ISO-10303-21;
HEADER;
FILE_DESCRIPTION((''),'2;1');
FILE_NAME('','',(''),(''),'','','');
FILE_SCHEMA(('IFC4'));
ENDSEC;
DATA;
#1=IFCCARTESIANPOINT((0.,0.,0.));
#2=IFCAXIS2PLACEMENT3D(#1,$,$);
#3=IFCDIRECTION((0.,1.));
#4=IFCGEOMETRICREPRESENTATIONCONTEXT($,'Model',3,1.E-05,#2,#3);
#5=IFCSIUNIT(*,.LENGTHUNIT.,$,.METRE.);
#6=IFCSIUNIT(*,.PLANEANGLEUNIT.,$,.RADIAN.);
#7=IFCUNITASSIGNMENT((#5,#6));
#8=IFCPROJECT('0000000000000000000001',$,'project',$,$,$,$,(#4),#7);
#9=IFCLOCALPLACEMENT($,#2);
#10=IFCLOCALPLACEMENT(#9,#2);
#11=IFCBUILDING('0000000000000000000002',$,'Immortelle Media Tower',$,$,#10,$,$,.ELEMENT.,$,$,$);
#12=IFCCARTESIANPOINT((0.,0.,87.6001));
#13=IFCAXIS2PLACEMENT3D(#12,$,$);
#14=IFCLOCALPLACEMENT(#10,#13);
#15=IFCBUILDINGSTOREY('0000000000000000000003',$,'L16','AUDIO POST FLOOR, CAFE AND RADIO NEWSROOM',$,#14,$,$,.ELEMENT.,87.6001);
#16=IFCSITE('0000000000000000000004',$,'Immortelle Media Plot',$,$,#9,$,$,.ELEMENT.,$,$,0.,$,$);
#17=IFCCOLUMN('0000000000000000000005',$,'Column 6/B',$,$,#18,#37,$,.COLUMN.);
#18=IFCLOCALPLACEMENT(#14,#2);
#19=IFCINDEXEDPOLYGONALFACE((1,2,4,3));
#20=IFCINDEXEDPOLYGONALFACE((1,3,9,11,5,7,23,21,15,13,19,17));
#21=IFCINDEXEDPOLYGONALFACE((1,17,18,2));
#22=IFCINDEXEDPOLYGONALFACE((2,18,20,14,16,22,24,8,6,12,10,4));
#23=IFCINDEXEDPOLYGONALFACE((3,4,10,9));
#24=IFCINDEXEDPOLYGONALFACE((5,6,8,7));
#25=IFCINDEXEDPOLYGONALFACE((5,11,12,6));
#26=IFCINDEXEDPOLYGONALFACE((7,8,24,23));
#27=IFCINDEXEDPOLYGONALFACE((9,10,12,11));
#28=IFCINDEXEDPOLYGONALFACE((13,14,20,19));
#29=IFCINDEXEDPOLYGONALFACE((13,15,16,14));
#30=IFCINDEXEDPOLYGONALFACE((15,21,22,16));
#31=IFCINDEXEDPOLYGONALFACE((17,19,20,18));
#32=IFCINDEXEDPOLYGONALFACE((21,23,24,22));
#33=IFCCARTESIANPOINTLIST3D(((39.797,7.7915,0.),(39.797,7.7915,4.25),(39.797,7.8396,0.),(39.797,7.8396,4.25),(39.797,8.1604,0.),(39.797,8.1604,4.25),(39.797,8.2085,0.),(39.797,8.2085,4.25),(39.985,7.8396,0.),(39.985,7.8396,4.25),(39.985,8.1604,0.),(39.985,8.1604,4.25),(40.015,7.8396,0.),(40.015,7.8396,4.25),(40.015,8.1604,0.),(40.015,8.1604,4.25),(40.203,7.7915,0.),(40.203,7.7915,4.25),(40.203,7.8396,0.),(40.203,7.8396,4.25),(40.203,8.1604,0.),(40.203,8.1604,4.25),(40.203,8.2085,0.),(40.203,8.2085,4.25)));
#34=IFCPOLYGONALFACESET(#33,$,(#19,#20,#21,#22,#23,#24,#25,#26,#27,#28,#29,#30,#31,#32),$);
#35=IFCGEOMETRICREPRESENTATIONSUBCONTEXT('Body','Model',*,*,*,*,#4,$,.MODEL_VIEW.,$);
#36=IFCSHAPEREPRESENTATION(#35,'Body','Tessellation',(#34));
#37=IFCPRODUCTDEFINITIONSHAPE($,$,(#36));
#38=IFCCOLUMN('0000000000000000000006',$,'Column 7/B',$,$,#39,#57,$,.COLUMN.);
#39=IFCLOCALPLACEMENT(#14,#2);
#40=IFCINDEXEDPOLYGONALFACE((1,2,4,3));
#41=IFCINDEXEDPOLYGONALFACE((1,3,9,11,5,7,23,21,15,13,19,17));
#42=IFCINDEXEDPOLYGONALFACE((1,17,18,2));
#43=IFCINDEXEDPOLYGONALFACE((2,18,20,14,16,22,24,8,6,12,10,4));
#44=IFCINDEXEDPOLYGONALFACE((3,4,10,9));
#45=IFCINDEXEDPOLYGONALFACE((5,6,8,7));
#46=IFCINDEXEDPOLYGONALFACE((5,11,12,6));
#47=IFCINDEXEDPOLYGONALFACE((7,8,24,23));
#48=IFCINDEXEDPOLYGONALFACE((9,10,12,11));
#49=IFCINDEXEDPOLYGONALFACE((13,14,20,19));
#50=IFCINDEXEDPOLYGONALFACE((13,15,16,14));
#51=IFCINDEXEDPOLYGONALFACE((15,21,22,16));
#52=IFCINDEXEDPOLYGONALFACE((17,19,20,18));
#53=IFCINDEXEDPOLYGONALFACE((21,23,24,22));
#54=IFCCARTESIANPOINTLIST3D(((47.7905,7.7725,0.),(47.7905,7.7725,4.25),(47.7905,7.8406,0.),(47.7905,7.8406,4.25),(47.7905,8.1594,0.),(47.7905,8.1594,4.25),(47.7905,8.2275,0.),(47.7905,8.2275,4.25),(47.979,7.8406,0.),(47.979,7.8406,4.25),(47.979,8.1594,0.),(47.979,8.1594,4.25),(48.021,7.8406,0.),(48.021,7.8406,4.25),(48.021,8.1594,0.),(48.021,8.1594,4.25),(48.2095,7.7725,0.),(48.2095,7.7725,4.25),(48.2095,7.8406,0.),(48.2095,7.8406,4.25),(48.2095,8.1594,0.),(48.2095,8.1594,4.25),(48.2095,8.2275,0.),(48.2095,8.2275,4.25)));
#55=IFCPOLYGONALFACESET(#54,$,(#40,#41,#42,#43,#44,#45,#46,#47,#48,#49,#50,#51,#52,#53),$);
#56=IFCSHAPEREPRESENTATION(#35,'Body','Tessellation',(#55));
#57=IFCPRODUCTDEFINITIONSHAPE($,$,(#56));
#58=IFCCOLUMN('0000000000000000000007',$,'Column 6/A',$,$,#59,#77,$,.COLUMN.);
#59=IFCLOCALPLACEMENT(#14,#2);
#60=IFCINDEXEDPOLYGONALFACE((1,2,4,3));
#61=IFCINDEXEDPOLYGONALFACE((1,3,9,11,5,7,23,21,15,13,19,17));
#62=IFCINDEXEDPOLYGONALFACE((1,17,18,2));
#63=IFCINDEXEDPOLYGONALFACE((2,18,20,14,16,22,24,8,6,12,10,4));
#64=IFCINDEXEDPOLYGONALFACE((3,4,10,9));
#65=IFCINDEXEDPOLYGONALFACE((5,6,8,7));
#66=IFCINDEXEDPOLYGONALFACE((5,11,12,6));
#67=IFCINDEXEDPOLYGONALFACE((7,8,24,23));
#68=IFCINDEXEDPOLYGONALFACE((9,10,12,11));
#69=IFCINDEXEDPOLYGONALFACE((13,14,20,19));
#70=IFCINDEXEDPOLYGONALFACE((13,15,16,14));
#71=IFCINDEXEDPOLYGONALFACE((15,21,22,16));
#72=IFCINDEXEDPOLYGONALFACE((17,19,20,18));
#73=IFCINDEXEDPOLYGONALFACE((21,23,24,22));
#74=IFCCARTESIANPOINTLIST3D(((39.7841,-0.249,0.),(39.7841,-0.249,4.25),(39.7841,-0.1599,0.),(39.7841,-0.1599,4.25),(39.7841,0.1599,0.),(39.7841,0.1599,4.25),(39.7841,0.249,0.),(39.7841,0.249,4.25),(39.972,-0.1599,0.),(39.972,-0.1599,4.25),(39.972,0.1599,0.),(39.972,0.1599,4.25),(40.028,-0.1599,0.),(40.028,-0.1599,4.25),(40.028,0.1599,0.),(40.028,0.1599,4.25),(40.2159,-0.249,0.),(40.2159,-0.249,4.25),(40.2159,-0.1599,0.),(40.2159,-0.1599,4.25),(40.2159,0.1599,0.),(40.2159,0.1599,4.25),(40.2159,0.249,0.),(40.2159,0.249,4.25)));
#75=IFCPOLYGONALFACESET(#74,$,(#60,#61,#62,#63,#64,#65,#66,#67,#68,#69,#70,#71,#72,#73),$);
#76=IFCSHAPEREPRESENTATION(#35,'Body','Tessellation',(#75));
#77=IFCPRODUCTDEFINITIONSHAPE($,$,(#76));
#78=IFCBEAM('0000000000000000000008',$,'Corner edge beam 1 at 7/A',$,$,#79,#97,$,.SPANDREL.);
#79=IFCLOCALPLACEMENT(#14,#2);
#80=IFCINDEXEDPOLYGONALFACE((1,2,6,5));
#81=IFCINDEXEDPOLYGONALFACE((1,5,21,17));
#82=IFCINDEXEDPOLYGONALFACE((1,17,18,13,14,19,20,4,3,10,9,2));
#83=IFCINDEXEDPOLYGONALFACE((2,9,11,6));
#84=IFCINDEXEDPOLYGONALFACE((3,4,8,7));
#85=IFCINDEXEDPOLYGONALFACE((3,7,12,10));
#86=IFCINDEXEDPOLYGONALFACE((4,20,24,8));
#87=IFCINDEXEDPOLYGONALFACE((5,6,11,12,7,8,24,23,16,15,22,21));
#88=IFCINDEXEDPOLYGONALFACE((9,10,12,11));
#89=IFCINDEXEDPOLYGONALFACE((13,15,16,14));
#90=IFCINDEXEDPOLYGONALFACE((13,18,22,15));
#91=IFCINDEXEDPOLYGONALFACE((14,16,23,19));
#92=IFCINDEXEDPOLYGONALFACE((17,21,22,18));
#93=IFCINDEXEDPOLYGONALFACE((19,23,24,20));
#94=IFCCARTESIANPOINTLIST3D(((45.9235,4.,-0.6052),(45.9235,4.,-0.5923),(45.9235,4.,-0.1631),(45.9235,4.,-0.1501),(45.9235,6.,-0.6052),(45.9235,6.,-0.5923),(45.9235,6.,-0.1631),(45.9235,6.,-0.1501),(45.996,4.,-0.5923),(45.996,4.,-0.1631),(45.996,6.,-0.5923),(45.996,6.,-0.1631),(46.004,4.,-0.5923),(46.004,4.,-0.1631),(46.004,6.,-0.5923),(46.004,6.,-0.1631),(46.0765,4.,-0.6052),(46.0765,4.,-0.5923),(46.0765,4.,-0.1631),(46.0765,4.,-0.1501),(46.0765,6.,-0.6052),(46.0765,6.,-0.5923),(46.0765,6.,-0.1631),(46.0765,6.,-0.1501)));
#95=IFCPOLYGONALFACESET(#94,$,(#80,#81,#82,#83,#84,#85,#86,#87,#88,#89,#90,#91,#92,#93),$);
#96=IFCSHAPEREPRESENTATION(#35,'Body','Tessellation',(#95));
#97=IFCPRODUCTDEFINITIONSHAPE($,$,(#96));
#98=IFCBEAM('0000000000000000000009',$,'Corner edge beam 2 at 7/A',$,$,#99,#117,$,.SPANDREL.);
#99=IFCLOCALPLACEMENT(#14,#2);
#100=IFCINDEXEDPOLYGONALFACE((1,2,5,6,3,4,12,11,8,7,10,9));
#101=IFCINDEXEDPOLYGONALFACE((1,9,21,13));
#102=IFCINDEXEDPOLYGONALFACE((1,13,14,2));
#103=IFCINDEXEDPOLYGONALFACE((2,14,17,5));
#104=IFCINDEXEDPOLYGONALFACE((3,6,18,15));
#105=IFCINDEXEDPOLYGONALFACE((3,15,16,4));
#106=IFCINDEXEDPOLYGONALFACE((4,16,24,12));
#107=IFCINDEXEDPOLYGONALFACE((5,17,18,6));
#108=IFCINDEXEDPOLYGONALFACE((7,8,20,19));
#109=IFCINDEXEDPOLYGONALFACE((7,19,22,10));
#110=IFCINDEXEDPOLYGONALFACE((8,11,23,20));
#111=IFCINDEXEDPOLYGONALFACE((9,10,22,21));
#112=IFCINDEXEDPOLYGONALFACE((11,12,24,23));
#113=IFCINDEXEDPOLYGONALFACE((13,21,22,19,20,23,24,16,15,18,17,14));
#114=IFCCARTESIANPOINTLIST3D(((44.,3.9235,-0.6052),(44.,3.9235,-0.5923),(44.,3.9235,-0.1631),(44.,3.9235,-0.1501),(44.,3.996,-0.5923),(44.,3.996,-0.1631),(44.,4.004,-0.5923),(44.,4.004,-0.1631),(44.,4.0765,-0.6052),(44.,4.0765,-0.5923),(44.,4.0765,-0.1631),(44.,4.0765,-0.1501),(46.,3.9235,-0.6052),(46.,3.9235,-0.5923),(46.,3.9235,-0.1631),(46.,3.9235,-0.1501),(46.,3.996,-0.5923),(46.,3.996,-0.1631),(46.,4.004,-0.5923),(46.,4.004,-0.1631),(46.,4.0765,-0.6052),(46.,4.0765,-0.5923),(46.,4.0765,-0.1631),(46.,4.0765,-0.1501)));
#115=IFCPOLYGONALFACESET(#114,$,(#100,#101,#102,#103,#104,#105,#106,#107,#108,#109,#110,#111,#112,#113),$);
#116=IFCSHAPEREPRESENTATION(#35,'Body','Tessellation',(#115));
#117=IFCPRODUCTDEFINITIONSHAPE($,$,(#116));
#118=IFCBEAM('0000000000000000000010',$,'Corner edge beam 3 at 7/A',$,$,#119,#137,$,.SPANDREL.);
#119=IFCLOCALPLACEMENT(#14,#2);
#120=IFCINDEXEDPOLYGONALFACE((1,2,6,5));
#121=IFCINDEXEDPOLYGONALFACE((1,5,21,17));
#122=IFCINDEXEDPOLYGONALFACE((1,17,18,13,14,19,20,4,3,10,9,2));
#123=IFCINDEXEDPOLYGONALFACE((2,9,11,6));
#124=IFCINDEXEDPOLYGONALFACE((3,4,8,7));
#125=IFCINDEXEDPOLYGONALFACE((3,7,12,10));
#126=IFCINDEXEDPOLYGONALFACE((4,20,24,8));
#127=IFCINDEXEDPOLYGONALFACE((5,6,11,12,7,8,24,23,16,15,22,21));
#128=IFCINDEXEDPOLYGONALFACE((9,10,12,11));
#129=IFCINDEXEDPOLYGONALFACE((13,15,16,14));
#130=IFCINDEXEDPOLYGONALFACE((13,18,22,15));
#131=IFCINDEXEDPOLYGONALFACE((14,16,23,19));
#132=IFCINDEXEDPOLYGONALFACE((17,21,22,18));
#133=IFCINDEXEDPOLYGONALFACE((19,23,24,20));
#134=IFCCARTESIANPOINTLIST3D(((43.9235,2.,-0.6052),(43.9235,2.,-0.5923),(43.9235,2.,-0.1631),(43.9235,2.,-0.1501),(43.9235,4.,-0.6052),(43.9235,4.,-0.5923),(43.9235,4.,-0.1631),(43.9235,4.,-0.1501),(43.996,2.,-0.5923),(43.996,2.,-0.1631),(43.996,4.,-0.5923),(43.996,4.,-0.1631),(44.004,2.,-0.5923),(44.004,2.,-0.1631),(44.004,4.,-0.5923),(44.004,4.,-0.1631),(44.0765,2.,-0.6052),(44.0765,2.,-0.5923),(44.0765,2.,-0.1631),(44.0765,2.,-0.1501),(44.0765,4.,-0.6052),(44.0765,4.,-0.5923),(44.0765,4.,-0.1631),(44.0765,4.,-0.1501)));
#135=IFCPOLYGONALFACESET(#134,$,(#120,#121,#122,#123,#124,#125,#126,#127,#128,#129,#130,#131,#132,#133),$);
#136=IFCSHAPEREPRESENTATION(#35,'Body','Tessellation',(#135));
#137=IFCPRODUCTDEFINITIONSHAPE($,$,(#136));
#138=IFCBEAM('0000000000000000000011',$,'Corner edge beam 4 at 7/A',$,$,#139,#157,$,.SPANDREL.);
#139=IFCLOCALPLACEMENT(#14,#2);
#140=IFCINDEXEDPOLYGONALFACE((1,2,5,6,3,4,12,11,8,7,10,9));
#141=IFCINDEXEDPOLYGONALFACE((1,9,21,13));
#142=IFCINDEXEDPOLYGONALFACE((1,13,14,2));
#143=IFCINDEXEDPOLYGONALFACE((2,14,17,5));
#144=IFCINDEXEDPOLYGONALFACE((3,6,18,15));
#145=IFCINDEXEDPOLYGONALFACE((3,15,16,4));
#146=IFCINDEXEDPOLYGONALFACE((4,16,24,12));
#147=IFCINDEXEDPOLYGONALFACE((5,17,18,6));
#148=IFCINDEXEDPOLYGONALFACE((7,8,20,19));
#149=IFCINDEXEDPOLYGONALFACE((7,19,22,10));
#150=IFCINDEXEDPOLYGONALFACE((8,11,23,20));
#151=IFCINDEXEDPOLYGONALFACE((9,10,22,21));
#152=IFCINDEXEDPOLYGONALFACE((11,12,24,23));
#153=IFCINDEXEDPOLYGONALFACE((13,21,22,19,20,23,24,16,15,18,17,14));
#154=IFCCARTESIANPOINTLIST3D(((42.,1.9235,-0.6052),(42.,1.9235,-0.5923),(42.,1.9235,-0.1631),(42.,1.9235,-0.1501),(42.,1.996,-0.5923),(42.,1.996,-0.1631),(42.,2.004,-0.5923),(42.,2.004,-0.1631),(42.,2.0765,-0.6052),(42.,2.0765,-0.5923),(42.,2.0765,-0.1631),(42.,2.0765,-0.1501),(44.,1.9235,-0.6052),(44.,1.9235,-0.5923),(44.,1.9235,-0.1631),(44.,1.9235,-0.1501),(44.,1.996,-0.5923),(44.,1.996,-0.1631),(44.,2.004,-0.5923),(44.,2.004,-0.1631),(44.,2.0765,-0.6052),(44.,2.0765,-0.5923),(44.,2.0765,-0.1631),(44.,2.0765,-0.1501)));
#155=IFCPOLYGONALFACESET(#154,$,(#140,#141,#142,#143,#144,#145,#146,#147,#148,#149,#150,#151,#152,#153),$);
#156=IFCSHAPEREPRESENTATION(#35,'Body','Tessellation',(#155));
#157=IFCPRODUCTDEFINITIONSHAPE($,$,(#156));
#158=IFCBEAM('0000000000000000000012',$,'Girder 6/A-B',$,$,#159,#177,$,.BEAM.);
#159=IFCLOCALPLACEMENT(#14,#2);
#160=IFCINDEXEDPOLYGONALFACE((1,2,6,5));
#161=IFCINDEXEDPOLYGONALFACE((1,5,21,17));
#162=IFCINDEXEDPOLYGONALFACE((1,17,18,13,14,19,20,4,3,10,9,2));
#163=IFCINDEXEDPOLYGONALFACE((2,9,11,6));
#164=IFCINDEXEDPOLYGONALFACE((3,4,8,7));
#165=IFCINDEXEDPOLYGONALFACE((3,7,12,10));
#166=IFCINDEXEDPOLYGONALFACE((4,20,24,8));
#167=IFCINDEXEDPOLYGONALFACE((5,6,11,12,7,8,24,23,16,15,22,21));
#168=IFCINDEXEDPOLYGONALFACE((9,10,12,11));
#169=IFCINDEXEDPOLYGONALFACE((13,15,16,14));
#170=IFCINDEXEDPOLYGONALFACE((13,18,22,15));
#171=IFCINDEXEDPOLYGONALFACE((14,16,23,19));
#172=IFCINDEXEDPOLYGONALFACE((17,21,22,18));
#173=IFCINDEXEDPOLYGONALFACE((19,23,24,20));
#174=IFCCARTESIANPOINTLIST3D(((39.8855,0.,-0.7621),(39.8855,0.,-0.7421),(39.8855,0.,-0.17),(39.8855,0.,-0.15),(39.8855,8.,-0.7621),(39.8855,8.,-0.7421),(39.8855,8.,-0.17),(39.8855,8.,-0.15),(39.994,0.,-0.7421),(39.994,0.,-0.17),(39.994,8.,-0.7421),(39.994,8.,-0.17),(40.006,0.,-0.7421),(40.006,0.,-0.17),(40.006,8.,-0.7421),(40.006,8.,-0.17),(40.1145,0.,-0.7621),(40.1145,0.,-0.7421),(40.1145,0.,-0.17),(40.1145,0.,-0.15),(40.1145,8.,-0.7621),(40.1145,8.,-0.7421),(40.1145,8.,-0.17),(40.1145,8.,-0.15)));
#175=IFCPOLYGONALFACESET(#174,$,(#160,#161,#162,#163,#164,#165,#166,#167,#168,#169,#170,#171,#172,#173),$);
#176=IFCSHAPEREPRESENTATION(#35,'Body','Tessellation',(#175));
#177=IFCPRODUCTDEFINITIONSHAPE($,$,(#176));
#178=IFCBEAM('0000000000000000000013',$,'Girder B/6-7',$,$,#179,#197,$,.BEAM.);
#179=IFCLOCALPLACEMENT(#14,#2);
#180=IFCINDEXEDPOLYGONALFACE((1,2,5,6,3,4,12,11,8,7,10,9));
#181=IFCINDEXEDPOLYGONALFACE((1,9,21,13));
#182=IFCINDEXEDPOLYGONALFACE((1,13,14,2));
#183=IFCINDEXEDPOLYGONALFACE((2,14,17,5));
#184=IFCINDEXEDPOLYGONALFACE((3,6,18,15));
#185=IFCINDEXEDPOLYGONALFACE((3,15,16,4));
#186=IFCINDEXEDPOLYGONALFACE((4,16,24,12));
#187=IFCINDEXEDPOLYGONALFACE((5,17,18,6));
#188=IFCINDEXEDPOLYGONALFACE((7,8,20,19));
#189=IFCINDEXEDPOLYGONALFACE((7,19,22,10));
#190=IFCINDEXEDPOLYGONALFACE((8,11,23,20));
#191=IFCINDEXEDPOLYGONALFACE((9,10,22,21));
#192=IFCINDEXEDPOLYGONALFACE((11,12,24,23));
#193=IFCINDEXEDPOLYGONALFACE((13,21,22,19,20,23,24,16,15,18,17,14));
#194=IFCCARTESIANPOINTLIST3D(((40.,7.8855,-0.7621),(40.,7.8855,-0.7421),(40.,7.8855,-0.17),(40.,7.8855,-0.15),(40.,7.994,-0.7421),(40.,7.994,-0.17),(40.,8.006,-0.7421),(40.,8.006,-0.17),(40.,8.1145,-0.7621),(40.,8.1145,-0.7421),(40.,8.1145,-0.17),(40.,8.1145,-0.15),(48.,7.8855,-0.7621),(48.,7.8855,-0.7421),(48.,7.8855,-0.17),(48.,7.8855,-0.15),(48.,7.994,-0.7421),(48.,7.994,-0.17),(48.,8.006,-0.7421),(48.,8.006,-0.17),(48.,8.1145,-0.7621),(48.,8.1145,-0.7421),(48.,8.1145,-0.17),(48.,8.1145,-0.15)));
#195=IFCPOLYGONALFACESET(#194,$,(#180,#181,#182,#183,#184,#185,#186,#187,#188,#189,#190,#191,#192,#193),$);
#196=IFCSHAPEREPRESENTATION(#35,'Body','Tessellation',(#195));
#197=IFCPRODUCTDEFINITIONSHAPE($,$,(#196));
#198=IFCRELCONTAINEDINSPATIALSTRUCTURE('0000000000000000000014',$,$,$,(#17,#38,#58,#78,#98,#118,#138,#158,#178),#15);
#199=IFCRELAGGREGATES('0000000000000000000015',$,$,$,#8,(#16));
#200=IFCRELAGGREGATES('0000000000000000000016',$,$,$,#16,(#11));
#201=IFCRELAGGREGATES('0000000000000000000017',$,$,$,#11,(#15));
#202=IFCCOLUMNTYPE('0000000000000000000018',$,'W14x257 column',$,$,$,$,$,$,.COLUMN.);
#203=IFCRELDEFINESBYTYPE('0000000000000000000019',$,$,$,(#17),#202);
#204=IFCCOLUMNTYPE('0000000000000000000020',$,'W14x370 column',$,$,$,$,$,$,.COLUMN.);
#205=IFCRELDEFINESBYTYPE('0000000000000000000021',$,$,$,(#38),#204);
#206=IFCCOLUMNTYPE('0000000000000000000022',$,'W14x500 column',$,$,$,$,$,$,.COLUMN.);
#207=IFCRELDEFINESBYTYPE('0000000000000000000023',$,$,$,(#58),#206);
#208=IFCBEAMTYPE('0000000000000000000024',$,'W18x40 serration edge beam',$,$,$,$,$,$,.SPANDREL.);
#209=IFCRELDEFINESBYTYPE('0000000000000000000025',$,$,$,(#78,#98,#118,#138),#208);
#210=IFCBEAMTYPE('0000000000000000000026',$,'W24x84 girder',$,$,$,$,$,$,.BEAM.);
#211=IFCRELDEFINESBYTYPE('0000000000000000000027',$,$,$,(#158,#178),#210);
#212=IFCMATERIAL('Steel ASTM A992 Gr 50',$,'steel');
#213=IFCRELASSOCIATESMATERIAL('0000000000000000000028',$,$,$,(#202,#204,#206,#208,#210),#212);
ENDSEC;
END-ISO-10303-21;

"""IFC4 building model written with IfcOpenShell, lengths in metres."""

from ifc_helpers import new_model, si_unit, direction, frame, origin, origin_2d, place, context, subcontext, project, spatial, i_section, extrude, material, material_profile, profile_set, type_object, element, save


model = new_model("IFC4")

# Units and contexts
model_context = context("Model", 3, precision=1e-05, world=origin(), true_north=direction((0.0, 1.0)))
body_context = subcontext(model_context, "Body", "Model", "MODEL_VIEW")
ifc_project = project(units=[si_unit("LENGTHUNIT", "METRE"), si_unit("PLANEANGLEUNIT", "RADIAN")], contexts=[model_context])

# Site, building, storey
site_placement = place(None, origin())
site = spatial("IfcSite", under=ifc_project, at=site_placement, Name="Immortelle Media Plot", CompositionType="ELEMENT", RefElevation=0.0)
building_placement = place(site_placement, origin())
building = spatial("IfcBuilding", under=site, at=building_placement, Name="Immortelle Media Tower", CompositionType="ELEMENT")
storey_placement = place(building_placement, frame((0.0, 0.0, 87.6001)))
storey = spatial("IfcBuildingStorey", under=building, at=storey_placement, Name="L16", Description="AUDIO POST FLOOR, CAFE AND RADIO NEWSROOM", CompositionType="ELEMENT", Elevation=87.6001)

# Columns
ifc_material_1 = material(Name="Steel ASTM A992 Gr 50", Category="steel")
ifc_material_profile_1 = material_profile(ifc_material_1, i_section(OverallWidth=0.406, OverallDepth=0.417, WebThickness=0.03, FlangeThickness=0.0481, at=origin_2d()), Name="W14x257")
ifc_profile_set_1 = profile_set([ifc_material_profile_1], Name="Steel ASTM A992 Gr 50")
column_type_1 = type_object("IfcColumnType", Name="W14x257 column", PredefinedType="COLUMN", material=ifc_profile_set_1)
column_1_placement = place(storey_placement, frame((40.0, 8.0, 0.0), z_axis=(0.0, 0.0, 1.0), x_axis=(1.0, 0.0, 0.0)))
element("IfcColumn", 1, at=column_1_placement, inside=storey, type_object=column_type_1, Name="Column 6/B", PredefinedType="COLUMN", context=body_context, shape_type="SweptSolid", body=[
    extrude(i_section(OverallWidth=0.406, OverallDepth=0.417, WebThickness=0.03, FlangeThickness=0.0481, at=origin_2d()), origin(), (0.0, 0.0, 1.0), 4.25),
])
ifc_material_profile_2 = material_profile(ifc_material_1, i_section(OverallWidth=0.4189, OverallDepth=0.4551, WebThickness=0.042, FlangeThickness=0.0681, at=origin_2d()), Name="W14x370")
ifc_profile_set_2 = profile_set([ifc_material_profile_2], Name="Steel ASTM A992 Gr 50")
column_type_2 = type_object("IfcColumnType", Name="W14x370 column", PredefinedType="COLUMN", material=ifc_profile_set_2)
column_2_placement = place(storey_placement, frame((48.0, 8.0, 0.0), z_axis=(0.0, 0.0, 1.0), x_axis=(1.0, 0.0, 0.0)))
element("IfcColumn", 2, at=column_2_placement, inside=storey, type_object=column_type_2, Name="Column 7/B", PredefinedType="COLUMN", context=body_context, shape_type="SweptSolid", body=[
    extrude(i_section(OverallWidth=0.4189, OverallDepth=0.4551, WebThickness=0.042, FlangeThickness=0.0681, at=origin_2d()), origin(), (0.0, 0.0, 1.0), 4.25),
])
ifc_material_profile_3 = material_profile(ifc_material_1, i_section(OverallWidth=0.4319, OverallDepth=0.498, WebThickness=0.0559, FlangeThickness=0.0891, at=origin_2d()), Name="W14x500")
ifc_profile_set_3 = profile_set([ifc_material_profile_3], Name="Steel ASTM A992 Gr 50")
column_type_3 = type_object("IfcColumnType", Name="W14x500 column", PredefinedType="COLUMN", material=ifc_profile_set_3)
column_3_placement = place(storey_placement, frame((40.0, 0.0, 0.0), z_axis=(0.0, 0.0, 1.0), x_axis=(1.0, 0.0, 0.0)))
element("IfcColumn", 3, at=column_3_placement, inside=storey, type_object=column_type_3, Name="Column 6/A", PredefinedType="COLUMN", context=body_context, shape_type="SweptSolid", body=[
    extrude(i_section(OverallWidth=0.4319, OverallDepth=0.498, WebThickness=0.0559, FlangeThickness=0.0891, at=origin_2d()), origin(), (0.0, 0.0, 1.0), 4.25),
])

# Beams
ifc_material_profile_4 = material_profile(ifc_material_1, i_section(OverallWidth=0.1531, OverallDepth=0.4551, WebThickness=0.0081, FlangeThickness=0.0129, at=origin_2d()), Name="W18x40")
ifc_profile_set_4 = profile_set([ifc_material_profile_4], Name="Steel ASTM A992 Gr 50")
beam_type_1 = type_object("IfcBeamType", Name="W18x40 serration edge beam", PredefinedType="SPANDREL", material=ifc_profile_set_4)
for number, where, z_axis, x_axis, name in (
    (4, (46.0, 6.0, -0.3777), (0.0, -1.0, 0.0), (1.0, 0.0, 0.0), "Corner edge beam 1 at 7/A"),
    (5, (46.0, 4.0, -0.3777), (-1.0, 0.0, 0.0), (0.0, -1.0, 0.0), "Corner edge beam 2 at 7/A"),
    (6, (44.0, 4.0, -0.3777), (0.0, -1.0, 0.0), (1.0, 0.0, 0.0), "Corner edge beam 3 at 7/A"),
    (7, (44.0, 2.0, -0.3777), (-1.0, 0.0, 0.0), (0.0, -1.0, 0.0), "Corner edge beam 4 at 7/A"),
):
    element("IfcBeam", number, at=place(storey_placement, frame(where, z_axis=z_axis, x_axis=x_axis)), inside=storey, type_object=beam_type_1, Name=name, PredefinedType="SPANDREL", context=body_context, shape_type="SweptSolid", body=[
        extrude(i_section(OverallWidth=0.1531, OverallDepth=0.4551, WebThickness=0.0081, FlangeThickness=0.0129, at=origin_2d()), origin(), (0.0, 0.0, 1.0), 2.0),
    ])
ifc_material_profile_5 = material_profile(ifc_material_1, i_section(OverallWidth=0.229, OverallDepth=0.6121, WebThickness=0.012, FlangeThickness=0.02, at=origin_2d()), Name="W24x84")
ifc_profile_set_5 = profile_set([ifc_material_profile_5], Name="Steel ASTM A992 Gr 50")
beam_type_2 = type_object("IfcBeamType", Name="W24x84 girder", PredefinedType="BEAM", material=ifc_profile_set_5)
for number, where, z_axis, x_axis, name in (
    (8, (40.0, 0.0, -0.4561), (0.0, 1.0, 0.0), (-1.0, 0.0, 0.0), "Girder 6/A-B"),
    (9, (40.0, 8.0, -0.4561), (1.0, 0.0, 0.0), (0.0, 1.0, 0.0), "Girder B/6-7"),
):
    element("IfcBeam", number, at=place(storey_placement, frame(where, z_axis=z_axis, x_axis=x_axis)), inside=storey, type_object=beam_type_2, Name=name, PredefinedType="BEAM", context=body_context, shape_type="SweptSolid", body=[
        extrude(i_section(OverallWidth=0.229, OverallDepth=0.6121, WebThickness=0.012, FlangeThickness=0.02, at=origin_2d()), origin(), (0.0, 0.0, 1.0), 8.0),
    ])

save(model, "model.ifc")
